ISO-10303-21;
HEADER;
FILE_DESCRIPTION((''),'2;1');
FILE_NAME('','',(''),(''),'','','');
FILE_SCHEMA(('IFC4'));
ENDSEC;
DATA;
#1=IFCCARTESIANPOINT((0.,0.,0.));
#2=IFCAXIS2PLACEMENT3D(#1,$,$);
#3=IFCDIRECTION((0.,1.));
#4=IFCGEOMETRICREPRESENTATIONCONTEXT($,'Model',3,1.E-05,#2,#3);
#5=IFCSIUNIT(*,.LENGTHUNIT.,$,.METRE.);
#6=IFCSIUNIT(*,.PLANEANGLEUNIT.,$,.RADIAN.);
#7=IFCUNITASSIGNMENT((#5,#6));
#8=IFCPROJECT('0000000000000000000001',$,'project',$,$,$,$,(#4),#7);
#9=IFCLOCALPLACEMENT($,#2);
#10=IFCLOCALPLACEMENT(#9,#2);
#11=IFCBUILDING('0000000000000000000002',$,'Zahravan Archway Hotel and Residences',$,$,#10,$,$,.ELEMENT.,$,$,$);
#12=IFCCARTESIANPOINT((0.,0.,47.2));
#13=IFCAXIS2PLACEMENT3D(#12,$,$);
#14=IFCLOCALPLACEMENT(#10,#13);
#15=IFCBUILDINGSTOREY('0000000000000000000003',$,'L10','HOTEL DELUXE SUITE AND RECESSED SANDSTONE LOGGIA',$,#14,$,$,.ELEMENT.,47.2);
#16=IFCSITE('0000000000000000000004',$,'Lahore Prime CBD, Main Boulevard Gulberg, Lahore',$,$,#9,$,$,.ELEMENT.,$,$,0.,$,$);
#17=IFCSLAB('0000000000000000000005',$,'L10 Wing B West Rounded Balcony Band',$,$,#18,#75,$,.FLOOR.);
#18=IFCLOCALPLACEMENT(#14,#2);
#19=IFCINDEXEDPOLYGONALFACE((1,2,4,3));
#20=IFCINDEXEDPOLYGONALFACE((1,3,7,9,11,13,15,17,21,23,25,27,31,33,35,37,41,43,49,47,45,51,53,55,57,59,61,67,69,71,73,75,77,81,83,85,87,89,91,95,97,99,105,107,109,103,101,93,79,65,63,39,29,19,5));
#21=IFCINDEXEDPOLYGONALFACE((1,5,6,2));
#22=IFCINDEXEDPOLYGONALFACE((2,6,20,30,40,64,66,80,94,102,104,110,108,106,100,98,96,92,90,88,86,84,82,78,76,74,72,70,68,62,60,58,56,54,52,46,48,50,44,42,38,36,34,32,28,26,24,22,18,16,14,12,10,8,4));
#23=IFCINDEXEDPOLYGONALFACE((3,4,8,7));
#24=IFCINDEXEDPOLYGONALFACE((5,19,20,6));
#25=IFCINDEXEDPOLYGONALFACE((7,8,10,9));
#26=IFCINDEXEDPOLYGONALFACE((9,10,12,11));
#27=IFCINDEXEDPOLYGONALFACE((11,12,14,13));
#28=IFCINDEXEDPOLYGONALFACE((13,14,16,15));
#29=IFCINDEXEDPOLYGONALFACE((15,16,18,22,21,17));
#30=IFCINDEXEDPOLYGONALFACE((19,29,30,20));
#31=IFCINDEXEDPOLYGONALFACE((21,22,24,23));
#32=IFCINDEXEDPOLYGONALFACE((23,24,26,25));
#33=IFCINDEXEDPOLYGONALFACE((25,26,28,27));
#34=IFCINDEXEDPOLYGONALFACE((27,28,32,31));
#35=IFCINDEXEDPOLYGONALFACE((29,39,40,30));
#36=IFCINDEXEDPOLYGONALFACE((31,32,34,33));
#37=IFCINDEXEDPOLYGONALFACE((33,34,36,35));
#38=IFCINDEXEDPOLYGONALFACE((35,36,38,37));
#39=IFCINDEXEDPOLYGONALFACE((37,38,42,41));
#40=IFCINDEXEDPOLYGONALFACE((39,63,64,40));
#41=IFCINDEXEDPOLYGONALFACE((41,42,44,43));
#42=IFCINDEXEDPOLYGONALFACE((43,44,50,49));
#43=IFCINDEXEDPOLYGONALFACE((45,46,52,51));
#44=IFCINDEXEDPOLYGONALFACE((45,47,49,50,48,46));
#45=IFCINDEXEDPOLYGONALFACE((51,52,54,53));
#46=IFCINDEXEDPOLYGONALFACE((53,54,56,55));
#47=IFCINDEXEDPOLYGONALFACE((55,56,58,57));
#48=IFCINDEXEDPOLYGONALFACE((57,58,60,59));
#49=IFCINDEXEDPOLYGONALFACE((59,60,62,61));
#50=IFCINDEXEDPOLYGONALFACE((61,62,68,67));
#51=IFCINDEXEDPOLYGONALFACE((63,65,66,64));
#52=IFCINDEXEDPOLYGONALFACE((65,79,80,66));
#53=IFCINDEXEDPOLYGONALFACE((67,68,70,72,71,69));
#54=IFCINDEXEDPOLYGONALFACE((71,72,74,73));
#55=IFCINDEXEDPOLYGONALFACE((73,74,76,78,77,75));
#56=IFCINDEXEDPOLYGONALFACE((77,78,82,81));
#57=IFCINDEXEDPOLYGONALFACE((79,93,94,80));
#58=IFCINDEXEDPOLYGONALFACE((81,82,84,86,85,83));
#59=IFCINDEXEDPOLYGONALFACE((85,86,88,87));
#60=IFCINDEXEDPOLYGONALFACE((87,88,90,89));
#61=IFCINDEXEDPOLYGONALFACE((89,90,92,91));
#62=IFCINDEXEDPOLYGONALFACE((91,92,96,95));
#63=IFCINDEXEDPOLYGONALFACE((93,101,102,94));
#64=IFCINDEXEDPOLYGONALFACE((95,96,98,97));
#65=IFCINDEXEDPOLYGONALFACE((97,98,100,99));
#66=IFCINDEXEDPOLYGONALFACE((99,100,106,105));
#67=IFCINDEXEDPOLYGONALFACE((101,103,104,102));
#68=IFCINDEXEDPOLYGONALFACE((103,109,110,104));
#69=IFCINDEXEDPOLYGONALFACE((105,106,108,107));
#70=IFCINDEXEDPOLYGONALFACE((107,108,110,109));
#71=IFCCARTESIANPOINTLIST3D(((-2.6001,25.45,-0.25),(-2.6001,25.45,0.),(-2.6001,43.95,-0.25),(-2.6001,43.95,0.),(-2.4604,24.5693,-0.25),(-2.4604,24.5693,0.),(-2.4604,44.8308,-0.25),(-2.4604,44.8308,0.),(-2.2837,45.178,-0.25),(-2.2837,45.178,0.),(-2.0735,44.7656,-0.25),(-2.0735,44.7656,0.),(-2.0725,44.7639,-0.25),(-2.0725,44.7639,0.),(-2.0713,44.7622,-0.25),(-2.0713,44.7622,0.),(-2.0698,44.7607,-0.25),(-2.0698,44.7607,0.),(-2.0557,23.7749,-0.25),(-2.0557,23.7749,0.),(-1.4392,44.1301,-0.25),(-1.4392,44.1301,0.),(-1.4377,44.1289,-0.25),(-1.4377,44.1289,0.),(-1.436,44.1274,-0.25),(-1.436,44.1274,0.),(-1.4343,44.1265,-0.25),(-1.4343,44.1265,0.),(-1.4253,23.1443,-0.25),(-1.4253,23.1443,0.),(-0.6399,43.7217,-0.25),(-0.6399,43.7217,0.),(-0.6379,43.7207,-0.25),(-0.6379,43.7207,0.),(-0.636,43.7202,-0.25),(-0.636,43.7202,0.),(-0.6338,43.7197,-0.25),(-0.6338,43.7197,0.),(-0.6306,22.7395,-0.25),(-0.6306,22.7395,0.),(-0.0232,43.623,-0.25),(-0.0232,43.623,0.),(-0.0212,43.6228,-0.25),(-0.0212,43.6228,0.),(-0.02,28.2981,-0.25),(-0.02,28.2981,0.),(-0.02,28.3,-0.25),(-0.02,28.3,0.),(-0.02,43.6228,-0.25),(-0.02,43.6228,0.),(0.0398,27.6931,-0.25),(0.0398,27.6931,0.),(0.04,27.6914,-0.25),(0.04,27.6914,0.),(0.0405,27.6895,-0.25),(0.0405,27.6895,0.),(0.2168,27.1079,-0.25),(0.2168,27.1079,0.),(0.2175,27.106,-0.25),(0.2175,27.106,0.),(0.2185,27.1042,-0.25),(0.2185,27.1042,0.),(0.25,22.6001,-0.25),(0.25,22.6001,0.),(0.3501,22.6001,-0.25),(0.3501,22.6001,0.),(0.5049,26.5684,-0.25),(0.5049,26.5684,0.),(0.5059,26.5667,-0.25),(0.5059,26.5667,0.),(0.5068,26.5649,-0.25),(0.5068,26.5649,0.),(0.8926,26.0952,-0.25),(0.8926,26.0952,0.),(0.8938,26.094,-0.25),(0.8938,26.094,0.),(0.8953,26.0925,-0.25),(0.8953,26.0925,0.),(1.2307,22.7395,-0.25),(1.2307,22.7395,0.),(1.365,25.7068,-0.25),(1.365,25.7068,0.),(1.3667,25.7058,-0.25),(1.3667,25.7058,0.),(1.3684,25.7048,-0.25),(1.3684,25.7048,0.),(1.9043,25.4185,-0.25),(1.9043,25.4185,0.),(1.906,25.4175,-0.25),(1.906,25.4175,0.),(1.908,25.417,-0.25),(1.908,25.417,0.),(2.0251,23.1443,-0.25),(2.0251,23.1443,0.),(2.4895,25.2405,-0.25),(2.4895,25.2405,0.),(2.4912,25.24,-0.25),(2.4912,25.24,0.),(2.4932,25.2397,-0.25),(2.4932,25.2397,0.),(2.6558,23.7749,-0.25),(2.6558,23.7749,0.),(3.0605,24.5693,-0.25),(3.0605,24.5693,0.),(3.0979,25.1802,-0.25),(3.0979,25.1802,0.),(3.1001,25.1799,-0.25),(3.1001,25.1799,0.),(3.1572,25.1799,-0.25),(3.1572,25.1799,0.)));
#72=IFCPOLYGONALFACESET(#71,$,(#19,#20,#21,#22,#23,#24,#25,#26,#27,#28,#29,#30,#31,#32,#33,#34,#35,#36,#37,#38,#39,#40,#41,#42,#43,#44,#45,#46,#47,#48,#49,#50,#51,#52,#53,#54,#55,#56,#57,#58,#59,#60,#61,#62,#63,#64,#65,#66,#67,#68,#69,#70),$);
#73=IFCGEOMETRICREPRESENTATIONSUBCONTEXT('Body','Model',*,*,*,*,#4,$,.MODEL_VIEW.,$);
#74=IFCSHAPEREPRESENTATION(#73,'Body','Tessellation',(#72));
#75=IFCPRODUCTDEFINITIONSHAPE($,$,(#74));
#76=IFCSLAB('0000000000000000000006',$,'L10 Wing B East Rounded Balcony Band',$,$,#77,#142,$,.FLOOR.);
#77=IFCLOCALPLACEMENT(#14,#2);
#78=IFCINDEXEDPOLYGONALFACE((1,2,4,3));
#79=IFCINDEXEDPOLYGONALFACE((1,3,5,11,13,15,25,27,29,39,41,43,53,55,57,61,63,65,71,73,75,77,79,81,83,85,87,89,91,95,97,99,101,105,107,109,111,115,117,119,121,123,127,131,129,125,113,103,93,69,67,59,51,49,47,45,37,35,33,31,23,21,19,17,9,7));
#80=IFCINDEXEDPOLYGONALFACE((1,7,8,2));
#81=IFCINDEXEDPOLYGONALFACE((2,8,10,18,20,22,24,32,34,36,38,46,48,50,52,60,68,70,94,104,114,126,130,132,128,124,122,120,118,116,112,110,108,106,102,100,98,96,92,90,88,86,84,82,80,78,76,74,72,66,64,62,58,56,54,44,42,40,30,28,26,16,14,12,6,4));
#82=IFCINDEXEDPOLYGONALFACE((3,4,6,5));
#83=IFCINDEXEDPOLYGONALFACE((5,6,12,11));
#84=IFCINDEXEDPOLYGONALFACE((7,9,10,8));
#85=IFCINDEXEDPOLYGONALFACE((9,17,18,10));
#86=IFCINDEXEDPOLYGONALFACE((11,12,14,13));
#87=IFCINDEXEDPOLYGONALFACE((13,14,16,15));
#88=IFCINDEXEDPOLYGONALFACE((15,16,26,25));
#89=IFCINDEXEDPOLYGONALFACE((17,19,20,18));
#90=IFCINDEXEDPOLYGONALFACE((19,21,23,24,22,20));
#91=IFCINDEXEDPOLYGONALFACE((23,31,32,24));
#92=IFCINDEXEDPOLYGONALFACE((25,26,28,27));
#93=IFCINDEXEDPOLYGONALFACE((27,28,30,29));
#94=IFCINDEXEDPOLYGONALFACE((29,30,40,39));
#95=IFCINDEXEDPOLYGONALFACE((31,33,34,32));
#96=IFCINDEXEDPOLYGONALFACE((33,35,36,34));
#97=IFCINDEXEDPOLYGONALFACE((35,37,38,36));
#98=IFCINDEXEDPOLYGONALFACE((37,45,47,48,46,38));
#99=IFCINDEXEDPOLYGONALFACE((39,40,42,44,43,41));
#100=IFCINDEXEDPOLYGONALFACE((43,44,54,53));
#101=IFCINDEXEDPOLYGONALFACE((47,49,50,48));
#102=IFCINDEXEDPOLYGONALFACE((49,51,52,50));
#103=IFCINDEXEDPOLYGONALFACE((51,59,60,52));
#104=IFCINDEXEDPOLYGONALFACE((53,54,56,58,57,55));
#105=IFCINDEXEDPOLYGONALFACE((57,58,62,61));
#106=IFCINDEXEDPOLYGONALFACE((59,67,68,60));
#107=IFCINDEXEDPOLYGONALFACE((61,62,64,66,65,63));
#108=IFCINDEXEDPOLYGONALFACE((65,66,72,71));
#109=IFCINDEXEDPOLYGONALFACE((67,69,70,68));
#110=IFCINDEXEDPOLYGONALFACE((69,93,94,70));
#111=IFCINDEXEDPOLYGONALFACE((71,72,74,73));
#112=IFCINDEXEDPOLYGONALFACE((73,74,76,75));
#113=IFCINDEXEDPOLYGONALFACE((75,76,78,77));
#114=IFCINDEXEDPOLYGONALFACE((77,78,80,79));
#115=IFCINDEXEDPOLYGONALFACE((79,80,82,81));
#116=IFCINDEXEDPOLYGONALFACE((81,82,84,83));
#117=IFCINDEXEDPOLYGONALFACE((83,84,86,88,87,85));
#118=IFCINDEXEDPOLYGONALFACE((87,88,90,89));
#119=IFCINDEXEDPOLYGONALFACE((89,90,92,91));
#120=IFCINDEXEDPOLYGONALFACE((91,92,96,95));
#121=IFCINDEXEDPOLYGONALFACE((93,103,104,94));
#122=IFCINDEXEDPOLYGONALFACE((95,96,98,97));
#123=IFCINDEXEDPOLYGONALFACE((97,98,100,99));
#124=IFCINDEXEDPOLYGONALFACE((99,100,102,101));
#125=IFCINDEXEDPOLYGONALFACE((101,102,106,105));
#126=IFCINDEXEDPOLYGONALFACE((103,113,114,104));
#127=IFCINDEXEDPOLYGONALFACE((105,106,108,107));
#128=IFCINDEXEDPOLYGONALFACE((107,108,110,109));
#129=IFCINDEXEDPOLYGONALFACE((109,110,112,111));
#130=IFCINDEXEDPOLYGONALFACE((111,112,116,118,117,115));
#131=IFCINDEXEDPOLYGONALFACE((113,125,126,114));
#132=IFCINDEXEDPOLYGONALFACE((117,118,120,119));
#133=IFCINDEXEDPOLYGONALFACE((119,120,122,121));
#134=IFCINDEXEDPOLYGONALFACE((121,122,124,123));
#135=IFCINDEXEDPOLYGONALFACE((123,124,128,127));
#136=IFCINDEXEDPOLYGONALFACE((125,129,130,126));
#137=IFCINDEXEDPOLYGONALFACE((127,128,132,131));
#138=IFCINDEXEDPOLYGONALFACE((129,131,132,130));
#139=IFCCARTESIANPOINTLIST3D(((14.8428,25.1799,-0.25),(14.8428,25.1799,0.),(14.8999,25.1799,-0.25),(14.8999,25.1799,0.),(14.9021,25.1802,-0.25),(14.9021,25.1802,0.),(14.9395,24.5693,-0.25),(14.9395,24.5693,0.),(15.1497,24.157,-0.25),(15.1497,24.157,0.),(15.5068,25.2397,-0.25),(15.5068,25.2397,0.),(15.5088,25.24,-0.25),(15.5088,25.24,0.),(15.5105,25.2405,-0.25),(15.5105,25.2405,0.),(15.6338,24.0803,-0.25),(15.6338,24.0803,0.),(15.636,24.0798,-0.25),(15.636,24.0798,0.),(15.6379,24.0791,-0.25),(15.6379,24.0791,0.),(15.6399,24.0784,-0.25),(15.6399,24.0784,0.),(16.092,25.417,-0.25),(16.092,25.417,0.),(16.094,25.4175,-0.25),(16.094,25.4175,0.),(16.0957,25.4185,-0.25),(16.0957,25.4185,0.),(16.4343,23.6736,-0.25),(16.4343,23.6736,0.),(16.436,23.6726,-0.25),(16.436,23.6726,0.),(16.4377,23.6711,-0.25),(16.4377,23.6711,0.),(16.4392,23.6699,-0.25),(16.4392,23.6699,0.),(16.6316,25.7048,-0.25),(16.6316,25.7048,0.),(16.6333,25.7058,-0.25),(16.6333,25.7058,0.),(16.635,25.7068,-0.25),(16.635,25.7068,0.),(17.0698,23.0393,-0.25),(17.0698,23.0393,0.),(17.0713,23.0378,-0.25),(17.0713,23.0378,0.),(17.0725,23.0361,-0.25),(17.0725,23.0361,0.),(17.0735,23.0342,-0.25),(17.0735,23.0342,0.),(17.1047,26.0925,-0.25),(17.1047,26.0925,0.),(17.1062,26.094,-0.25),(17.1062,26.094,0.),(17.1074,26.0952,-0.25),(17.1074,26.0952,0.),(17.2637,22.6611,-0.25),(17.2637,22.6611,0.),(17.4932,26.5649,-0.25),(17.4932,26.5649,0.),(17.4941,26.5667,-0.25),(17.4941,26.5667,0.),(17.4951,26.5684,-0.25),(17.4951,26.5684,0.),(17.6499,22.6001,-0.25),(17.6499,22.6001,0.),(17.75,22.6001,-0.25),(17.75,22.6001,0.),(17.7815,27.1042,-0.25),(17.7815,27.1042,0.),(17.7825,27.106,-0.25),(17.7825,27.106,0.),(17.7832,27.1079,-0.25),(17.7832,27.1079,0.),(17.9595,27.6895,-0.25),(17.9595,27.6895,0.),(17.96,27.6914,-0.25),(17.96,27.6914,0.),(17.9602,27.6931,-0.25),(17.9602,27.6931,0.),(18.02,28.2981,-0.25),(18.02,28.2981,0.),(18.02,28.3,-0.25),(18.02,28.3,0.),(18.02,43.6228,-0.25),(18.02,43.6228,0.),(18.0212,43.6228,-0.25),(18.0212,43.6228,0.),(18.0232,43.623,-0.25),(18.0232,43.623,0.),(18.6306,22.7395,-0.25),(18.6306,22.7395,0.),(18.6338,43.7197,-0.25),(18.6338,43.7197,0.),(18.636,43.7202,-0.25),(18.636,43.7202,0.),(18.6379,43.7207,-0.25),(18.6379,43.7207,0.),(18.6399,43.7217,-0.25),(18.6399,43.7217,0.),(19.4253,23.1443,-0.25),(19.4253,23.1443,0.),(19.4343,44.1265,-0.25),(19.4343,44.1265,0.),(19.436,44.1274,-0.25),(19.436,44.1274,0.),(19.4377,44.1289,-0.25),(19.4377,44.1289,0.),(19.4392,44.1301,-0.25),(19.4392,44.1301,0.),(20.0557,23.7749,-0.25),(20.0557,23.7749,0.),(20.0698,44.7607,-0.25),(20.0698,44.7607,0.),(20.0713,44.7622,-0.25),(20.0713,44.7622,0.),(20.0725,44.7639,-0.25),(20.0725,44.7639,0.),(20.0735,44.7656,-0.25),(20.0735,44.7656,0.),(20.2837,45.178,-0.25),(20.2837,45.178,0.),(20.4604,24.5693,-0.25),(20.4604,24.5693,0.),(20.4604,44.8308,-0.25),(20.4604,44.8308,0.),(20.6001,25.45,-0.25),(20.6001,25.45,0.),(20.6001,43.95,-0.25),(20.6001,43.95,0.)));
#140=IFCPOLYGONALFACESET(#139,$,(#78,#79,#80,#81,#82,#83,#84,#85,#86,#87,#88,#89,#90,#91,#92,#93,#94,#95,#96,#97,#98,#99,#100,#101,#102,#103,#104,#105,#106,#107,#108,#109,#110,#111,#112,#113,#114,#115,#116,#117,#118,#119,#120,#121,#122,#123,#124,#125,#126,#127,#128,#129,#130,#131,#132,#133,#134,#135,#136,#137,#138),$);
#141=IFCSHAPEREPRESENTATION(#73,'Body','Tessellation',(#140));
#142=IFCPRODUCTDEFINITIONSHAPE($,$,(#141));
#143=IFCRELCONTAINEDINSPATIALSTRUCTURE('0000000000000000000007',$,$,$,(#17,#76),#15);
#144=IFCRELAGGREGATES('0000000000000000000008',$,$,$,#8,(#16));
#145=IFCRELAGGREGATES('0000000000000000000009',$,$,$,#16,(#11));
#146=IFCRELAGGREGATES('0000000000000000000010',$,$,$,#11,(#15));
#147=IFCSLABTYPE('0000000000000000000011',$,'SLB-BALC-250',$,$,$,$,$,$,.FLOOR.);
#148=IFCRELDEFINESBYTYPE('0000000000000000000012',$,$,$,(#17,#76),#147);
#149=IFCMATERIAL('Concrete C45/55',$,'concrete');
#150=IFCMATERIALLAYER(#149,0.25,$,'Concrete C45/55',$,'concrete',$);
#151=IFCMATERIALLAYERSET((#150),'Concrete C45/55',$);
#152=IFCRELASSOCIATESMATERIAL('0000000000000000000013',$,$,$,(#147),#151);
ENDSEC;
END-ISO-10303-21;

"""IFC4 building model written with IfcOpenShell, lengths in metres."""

from ifc_helpers import new_model, si_unit, direction, frame, origin, place, context, subcontext, project, spatial, polyline, outline, extrude, material, layer, layer_set, type_object, element, save


model = new_model("IFC4")

# Units and contexts
model_context = context("Model", 3, precision=1e-05, world=origin(), true_north=direction((0.0, 1.0)))
body_context = subcontext(model_context, "Body", "Model", "MODEL_VIEW")
ifc_project = project(units=[si_unit("LENGTHUNIT", "METRE"), si_unit("PLANEANGLEUNIT", "RADIAN")], contexts=[model_context])

# Site, building, storey
site_placement = place(None, origin())
site = spatial("IfcSite", under=ifc_project, at=site_placement, Name="Lahore Prime CBD, Main Boulevard Gulberg, Lahore", CompositionType="ELEMENT", RefElevation=0.0)
building_placement = place(site_placement, origin())
building = spatial("IfcBuilding", under=site, at=building_placement, Name="Zahravan Archway Hotel and Residences", CompositionType="ELEMENT")
storey_placement = place(building_placement, frame((0.0, 0.0, 47.2)))
storey = spatial("IfcBuildingStorey", under=building, at=storey_placement, Name="L10", Description="HOTEL DELUXE SUITE AND RECESSED SANDSTONE LOGGIA", CompositionType="ELEMENT", Elevation=47.2)

# Slabs
ifc_material_1 = material(Name="Concrete C45/55", Category="concrete")
ifc_layer_1 = layer(ifc_material_1, 0.25, Name="Concrete C45/55", Category="concrete")
ifc_layer_set_1 = layer_set([ifc_layer_1], Name="Concrete C45/55")
slab_type_1 = type_object("IfcSlabType", Name="SLB-BALC-250", PredefinedType="FLOOR", material=ifc_layer_set_1)
slab_1_placement = place(storey_placement, frame((0.0, 0.0, -0.25)))
element("IfcSlab", 1, at=slab_1_placement, inside=storey, type_object=slab_type_1, Name="L10 Wing B West Rounded Balcony Band", PredefinedType="FLOOR", context=body_context, shape_type="SweptSolid", body=[
    extrude(outline(polyline([(3.0605, 24.5693), (2.6558, 23.7749), (2.0251, 23.1443), (1.2307, 22.7395), (0.3501, 22.6001), (0.25, 22.6001), (-0.6306, 22.7395), (-1.4253, 23.1443), (-2.0557, 23.7749), (-2.4604, 24.5693), (-2.6001, 25.45), (-2.6001, 43.95), (-2.4604, 44.8308), (-2.2837, 45.178), (-2.0735, 44.7656), (-2.0725, 44.7639), (-2.0713, 44.7622), (-2.0698, 44.7607), (-1.4392, 44.1301), (-1.4377, 44.1289), (-1.436, 44.1274), (-1.4343, 44.1265), (-0.6399, 43.7217), (-0.6379, 43.7207), (-0.636, 43.7202), (-0.6338, 43.7197), (-0.0232, 43.623), (-0.0212, 43.6228), (-0.02, 43.6228), (-0.02, 28.3), (-0.02, 28.2981), (0.0398, 27.6931), (0.04, 27.6914), (0.0405, 27.6895), (0.2168, 27.1079), (0.2175, 27.106), (0.2185, 27.1042), (0.5049, 26.5684), (0.5059, 26.5667), (0.5068, 26.5649), (0.8926, 26.0952), (0.8938, 26.094), (0.8953, 26.0925), (1.365, 25.7068), (1.3667, 25.7058), (1.3684, 25.7048), (1.9043, 25.4185), (1.906, 25.4175), (1.908, 25.417), (2.4895, 25.2405), (2.4912, 25.24), (2.4932, 25.2397), (3.0979, 25.1802), (3.1001, 25.1799), (3.1572, 25.1799), (3.0605, 24.5693)])), origin(), (0.0, 0.0, 1.0), 0.25),
])
slab_2_placement = place(storey_placement, frame((0.0, 0.0, -0.25)))
element("IfcSlab", 2, at=slab_2_placement, inside=storey, type_object=slab_type_1, Name="L10 Wing B East Rounded Balcony Band", PredefinedType="FLOOR", context=body_context, shape_type="SweptSolid", body=[
    extrude(outline(polyline([(20.4604, 44.8308), (20.6001, 43.95), (20.6001, 25.45), (20.4604, 24.5693), (20.0557, 23.7749), (19.4253, 23.1443), (18.6306, 22.7395), (17.75, 22.6001), (17.6499, 22.6001), (17.2637, 22.6611), (17.0735, 23.0342), (17.0725, 23.0361), (17.0713, 23.0378), (17.0698, 23.0393), (16.4392, 23.6699), (16.4377, 23.6711), (16.436, 23.6726), (16.4343, 23.6736), (15.6399, 24.0784), (15.6379, 24.0791), (15.636, 24.0798), (15.6338, 24.0803), (15.1497, 24.157), (14.9395, 24.5693), (14.8428, 25.1799), (14.8999, 25.1799), (14.9021, 25.1802), (15.5068, 25.2397), (15.5088, 25.24), (15.5105, 25.2405), (16.092, 25.417), (16.094, 25.4175), (16.0957, 25.4185), (16.6316, 25.7048), (16.6333, 25.7058), (16.635, 25.7068), (17.1047, 26.0925), (17.1062, 26.094), (17.1074, 26.0952), (17.4932, 26.5649), (17.4941, 26.5667), (17.4951, 26.5684), (17.7815, 27.1042), (17.7825, 27.106), (17.7832, 27.1079), (17.9595, 27.6895), (17.96, 27.6914), (17.9602, 27.6931), (18.02, 28.2981), (18.02, 28.3), (18.02, 43.6228), (18.0212, 43.6228), (18.0232, 43.623), (18.6338, 43.7197), (18.636, 43.7202), (18.6379, 43.7207), (18.6399, 43.7217), (19.4343, 44.1265), (19.436, 44.1274), (19.4377, 44.1289), (19.4392, 44.1301), (20.0698, 44.7607), (20.0713, 44.7622), (20.0725, 44.7639), (20.0735, 44.7656), (20.2837, 45.178), (20.4604, 44.8308)])), origin(), (0.0, 0.0, 1.0), 0.25),
])

save(model, "model.ifc")
